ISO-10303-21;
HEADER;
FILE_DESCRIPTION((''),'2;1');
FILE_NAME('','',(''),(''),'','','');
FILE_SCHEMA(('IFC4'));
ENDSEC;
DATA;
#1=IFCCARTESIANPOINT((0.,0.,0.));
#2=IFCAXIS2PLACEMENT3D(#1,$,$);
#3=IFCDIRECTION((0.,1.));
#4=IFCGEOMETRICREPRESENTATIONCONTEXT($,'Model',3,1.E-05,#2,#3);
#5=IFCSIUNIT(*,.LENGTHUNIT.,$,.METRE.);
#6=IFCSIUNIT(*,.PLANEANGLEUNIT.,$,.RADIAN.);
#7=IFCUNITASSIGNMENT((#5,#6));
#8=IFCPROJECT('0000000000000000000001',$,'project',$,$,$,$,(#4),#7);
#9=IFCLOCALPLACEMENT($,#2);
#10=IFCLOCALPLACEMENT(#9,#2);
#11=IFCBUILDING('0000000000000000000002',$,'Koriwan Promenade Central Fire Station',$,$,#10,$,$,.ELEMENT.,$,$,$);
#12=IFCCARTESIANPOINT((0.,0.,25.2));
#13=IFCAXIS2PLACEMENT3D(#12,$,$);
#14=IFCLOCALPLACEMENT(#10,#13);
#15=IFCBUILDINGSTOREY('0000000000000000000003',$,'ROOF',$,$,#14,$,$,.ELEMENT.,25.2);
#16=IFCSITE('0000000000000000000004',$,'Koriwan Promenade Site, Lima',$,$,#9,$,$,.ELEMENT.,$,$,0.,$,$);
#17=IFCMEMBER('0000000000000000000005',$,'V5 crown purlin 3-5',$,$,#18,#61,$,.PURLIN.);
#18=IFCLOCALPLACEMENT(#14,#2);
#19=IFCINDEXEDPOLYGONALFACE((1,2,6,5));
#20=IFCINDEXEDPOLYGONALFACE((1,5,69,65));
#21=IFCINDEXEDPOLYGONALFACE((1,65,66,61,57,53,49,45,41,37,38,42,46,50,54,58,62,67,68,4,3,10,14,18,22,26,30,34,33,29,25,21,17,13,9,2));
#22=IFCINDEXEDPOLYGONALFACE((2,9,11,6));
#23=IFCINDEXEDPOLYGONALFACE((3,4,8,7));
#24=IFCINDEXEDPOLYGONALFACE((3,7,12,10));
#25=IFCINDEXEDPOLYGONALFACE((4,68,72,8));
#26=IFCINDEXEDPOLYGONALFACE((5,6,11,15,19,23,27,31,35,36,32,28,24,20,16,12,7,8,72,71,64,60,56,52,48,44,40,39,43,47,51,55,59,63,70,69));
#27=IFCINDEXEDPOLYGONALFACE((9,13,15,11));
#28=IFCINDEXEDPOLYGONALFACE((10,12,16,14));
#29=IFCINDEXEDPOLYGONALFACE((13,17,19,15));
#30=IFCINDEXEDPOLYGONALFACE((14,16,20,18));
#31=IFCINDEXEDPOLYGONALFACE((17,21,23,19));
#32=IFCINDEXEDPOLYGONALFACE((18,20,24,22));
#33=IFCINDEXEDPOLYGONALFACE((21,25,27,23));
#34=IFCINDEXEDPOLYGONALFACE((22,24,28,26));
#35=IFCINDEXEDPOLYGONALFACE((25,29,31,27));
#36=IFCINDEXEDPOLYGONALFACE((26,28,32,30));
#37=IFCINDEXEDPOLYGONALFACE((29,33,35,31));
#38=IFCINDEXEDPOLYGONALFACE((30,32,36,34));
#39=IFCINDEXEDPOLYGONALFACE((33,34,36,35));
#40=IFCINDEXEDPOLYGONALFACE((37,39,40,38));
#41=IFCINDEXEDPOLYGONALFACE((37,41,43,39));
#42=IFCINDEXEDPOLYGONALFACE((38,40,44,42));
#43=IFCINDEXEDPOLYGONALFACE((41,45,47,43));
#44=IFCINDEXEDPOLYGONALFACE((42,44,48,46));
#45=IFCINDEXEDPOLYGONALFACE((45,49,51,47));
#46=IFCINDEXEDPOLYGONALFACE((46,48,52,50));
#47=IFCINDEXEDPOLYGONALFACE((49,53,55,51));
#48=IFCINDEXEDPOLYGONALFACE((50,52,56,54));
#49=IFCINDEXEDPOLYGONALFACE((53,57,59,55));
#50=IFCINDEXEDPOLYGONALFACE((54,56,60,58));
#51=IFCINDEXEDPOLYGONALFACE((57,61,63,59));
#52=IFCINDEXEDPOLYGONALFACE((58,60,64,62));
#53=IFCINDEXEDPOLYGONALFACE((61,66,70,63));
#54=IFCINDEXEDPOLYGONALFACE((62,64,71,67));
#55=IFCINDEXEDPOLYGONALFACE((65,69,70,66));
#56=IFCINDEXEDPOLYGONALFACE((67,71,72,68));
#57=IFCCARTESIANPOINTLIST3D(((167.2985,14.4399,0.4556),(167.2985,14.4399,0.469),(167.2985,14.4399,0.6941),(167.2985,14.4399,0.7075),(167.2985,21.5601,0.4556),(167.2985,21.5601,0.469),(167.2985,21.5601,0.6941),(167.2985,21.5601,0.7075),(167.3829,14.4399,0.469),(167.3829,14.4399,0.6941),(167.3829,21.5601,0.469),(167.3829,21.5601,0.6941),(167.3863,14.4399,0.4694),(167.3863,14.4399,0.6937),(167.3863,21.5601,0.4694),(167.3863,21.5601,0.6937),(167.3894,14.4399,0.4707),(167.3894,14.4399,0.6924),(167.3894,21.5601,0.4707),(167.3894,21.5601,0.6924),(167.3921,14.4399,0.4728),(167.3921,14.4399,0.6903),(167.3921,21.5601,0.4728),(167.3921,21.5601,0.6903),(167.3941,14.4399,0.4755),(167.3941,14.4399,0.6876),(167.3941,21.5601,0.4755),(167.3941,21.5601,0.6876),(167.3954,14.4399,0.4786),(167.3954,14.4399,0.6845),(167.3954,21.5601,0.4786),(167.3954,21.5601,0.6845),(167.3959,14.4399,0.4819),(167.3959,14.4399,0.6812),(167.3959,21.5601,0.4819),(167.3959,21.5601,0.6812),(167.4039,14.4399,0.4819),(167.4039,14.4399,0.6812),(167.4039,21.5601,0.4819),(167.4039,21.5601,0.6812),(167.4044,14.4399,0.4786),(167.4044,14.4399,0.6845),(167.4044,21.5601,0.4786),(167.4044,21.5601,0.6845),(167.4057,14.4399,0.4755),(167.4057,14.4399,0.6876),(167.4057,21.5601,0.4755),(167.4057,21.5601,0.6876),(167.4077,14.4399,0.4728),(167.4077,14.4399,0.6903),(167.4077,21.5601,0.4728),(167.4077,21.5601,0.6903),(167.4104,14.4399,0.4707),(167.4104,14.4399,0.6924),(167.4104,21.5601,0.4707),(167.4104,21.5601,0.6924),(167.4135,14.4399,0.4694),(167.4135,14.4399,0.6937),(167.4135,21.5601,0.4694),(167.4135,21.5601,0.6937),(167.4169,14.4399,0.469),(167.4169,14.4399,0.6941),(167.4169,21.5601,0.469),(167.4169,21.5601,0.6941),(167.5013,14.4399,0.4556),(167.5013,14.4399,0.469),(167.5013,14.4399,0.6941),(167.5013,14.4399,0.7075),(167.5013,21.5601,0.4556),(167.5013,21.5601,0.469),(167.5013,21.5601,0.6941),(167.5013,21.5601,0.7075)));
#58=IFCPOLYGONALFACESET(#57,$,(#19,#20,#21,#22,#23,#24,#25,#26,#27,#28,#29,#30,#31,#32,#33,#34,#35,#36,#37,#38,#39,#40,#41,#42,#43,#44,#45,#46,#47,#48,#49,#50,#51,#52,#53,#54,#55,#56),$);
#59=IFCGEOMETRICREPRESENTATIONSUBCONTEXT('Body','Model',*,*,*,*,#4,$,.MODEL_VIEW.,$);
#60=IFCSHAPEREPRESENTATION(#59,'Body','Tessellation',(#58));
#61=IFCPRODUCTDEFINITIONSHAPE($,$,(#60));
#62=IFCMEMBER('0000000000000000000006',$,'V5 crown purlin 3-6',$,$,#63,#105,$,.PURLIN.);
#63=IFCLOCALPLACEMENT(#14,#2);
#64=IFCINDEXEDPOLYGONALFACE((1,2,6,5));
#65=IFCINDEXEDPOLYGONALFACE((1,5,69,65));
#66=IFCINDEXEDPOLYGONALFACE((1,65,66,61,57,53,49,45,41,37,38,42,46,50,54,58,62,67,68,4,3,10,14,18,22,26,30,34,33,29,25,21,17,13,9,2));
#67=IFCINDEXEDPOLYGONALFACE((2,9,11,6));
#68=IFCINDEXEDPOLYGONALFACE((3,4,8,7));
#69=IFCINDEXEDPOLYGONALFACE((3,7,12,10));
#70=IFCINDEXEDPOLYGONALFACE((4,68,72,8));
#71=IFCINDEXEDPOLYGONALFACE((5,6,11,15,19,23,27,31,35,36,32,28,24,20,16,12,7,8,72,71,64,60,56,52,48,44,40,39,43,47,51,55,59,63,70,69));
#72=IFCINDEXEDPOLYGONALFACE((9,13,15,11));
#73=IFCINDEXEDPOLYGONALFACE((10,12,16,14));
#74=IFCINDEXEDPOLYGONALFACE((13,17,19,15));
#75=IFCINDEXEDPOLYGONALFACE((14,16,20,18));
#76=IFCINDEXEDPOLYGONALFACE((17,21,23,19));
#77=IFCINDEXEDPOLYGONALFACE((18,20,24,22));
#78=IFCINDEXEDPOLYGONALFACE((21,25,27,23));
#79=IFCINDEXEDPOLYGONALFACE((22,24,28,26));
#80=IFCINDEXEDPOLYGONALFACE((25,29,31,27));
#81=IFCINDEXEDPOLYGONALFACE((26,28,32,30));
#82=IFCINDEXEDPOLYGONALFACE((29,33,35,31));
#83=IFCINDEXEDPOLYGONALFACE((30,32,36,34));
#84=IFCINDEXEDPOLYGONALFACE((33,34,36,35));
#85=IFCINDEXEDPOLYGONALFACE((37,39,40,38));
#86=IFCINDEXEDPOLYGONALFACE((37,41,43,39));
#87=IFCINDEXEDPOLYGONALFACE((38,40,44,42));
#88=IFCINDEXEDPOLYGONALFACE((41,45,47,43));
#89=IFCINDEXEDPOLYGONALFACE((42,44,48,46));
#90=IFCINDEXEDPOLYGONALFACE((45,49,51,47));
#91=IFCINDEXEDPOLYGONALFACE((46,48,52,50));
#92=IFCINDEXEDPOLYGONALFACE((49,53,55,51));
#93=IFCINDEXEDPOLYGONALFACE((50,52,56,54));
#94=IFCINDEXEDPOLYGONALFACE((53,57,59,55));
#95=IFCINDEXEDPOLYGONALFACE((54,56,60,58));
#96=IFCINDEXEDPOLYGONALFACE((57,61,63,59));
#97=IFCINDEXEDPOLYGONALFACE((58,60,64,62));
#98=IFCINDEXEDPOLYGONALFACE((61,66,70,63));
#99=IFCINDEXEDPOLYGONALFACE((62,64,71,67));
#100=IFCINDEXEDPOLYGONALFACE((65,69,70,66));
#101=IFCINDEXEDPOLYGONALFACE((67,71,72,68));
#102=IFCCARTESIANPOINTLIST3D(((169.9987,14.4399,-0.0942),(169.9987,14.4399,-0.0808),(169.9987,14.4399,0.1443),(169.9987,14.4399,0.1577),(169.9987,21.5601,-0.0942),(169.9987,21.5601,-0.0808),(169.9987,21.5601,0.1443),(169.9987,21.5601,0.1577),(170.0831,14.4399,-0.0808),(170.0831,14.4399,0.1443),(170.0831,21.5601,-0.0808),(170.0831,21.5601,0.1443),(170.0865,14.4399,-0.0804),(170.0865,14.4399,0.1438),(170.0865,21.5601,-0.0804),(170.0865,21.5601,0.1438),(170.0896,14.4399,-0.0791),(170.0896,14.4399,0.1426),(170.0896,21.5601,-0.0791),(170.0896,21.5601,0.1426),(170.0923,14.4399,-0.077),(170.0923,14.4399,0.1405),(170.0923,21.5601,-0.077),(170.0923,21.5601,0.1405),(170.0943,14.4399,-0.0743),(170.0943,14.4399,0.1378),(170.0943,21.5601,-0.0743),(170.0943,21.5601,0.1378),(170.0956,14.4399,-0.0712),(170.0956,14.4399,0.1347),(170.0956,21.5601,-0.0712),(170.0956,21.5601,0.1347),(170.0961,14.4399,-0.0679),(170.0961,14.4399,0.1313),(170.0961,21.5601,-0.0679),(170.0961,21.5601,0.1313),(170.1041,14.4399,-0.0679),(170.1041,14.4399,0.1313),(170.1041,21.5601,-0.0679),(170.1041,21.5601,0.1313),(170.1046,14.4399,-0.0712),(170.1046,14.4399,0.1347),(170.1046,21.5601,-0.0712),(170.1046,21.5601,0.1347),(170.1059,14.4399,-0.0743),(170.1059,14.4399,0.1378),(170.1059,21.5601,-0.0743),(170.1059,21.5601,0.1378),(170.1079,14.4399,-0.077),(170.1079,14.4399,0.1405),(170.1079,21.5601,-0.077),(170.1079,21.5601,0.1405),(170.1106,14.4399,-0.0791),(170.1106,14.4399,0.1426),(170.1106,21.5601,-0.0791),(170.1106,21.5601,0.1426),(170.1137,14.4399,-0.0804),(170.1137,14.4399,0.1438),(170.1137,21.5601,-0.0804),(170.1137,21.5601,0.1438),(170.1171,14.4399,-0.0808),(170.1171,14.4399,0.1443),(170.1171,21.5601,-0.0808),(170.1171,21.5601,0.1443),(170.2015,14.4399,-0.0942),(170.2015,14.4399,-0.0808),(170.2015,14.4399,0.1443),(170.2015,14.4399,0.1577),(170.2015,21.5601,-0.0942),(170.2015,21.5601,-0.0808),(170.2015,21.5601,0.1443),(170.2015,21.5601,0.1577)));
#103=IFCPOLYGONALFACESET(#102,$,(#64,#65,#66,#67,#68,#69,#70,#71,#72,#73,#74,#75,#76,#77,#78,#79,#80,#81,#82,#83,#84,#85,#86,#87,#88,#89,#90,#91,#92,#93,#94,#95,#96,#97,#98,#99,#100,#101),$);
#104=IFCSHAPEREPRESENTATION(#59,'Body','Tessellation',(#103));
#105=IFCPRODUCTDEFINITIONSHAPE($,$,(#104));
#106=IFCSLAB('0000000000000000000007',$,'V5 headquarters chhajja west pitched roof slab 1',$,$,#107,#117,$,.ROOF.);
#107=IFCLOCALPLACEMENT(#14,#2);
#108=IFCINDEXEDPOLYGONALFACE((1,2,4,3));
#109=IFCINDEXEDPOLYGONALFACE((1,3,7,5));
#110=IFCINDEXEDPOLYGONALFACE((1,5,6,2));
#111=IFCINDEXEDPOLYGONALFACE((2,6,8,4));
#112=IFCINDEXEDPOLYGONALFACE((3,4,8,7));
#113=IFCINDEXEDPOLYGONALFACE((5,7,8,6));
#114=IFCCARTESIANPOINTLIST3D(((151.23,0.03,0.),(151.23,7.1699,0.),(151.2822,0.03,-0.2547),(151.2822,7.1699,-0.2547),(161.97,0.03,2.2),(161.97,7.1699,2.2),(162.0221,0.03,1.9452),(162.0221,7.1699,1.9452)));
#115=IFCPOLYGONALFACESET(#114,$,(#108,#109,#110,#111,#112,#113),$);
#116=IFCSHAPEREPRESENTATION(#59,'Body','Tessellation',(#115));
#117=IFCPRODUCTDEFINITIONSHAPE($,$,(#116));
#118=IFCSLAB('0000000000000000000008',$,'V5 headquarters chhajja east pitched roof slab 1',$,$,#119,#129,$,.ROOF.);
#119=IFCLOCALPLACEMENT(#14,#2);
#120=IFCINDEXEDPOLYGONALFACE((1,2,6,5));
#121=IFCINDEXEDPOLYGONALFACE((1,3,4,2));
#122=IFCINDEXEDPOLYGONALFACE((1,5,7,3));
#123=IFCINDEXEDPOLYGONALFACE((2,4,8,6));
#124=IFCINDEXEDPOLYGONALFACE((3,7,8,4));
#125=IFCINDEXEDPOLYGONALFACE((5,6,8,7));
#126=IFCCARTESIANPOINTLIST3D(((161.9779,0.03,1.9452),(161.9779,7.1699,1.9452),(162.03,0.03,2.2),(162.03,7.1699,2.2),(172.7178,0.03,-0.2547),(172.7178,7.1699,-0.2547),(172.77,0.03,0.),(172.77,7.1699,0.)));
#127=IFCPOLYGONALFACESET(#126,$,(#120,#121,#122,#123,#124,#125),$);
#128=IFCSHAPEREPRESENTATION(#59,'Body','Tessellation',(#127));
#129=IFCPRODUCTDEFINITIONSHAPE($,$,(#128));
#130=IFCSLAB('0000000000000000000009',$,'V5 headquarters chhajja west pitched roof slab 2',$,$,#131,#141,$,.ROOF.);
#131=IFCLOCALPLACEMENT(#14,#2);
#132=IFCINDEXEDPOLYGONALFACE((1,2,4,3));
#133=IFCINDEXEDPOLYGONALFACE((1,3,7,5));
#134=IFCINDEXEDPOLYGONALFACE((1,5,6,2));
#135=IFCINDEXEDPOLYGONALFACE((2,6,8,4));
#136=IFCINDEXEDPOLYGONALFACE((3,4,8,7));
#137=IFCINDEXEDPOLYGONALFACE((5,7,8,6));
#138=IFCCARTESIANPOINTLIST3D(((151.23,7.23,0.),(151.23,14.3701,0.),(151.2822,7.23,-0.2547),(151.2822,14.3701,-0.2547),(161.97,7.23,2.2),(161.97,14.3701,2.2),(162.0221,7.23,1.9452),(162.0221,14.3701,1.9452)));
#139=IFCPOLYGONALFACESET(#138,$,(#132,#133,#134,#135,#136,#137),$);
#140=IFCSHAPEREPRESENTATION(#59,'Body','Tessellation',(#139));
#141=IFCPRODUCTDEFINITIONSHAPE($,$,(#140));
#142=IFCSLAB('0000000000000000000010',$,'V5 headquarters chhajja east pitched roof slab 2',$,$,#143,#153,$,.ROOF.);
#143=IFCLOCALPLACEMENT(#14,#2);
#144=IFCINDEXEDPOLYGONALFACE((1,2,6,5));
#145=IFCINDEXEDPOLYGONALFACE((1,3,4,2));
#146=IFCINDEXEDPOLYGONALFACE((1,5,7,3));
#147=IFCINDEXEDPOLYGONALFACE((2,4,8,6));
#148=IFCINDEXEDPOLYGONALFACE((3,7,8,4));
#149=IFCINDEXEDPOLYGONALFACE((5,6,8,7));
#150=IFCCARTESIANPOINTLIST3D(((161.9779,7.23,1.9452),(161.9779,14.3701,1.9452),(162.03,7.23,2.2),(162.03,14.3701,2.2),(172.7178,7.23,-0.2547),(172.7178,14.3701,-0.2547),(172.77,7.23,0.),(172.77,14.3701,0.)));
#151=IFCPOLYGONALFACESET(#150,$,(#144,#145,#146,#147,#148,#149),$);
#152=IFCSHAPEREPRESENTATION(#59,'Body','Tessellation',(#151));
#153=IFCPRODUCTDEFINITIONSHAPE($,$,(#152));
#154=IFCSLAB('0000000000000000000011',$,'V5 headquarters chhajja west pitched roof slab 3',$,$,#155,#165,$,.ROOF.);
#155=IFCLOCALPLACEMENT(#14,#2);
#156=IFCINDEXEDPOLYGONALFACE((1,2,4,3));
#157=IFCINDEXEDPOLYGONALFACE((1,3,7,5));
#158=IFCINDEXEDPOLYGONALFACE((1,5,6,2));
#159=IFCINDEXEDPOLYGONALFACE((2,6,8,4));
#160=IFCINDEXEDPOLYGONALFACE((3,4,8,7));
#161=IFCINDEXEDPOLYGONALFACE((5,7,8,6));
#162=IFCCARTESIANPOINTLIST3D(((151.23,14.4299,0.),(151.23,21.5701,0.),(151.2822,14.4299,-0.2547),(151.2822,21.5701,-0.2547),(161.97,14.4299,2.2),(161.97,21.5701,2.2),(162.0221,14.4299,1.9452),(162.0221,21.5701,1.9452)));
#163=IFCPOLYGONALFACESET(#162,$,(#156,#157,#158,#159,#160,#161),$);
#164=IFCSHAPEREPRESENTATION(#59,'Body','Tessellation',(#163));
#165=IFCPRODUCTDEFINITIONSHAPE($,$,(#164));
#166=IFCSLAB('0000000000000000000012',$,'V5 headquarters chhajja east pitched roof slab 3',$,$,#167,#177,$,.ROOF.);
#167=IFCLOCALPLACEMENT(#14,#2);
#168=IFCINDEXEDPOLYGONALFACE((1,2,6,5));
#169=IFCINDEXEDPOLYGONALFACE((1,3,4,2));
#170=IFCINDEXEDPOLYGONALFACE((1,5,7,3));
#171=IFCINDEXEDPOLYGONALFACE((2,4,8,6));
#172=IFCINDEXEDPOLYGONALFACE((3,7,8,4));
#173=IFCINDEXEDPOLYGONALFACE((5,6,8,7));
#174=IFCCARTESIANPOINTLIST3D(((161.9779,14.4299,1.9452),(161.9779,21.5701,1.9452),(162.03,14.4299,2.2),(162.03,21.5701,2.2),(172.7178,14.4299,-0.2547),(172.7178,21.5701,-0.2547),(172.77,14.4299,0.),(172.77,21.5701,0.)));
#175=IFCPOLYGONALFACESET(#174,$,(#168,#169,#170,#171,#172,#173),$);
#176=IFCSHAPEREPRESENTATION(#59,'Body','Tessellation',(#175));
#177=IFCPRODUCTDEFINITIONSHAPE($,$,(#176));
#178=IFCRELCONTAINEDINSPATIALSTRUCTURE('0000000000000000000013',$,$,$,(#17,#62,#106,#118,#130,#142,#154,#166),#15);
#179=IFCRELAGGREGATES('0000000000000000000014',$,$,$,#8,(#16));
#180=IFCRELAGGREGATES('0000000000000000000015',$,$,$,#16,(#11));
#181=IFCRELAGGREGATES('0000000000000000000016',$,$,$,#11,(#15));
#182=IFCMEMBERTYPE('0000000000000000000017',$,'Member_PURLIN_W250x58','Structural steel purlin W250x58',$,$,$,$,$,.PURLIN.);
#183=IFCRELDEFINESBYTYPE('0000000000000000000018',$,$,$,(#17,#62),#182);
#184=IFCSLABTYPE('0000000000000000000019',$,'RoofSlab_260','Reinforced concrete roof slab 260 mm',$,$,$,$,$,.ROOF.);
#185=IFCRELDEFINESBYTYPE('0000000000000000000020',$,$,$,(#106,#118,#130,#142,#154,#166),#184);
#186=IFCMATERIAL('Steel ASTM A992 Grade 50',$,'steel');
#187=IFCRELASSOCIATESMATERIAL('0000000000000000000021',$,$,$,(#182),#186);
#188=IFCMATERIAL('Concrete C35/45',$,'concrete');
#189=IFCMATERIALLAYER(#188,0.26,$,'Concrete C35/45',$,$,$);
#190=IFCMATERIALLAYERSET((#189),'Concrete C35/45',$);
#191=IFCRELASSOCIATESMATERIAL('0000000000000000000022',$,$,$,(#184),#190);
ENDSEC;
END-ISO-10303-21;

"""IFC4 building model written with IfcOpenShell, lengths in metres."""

from ifc_helpers import new_model, si_unit, direction, frame, origin, origin_2d, place, context, subcontext, project, spatial, polyline, i_section, outline, extrude, material, layer, layer_set, material_profile, profile_set, type_object, element, save


model = new_model("IFC4")

# Units and contexts
model_context = context("Model", 3, precision=1e-05, world=origin(), true_north=direction((0.0, 1.0)))
body_context = subcontext(model_context, "Body", "Model", "MODEL_VIEW")
ifc_project = project(units=[si_unit("LENGTHUNIT", "METRE"), si_unit("PLANEANGLEUNIT", "RADIAN")], contexts=[model_context])

# Site, building, storey
site_placement = place(None, origin())
site = spatial("IfcSite", under=ifc_project, at=site_placement, Name="Koriwan Promenade Site, Lima", CompositionType="ELEMENT", RefElevation=0.0)
building_placement = place(site_placement, origin())
building = spatial("IfcBuilding", under=site, at=building_placement, Name="Koriwan Promenade Central Fire Station", CompositionType="ELEMENT")
storey_placement = place(building_placement, frame((0.0, 0.0, 25.2)))
storey = spatial("IfcBuildingStorey", under=building, at=storey_placement, Name="ROOF", CompositionType="ELEMENT", Elevation=25.2)

# Members
ifc_material_1 = material(Name="Steel ASTM A992 Grade 50", Category="steel")
ifc_material_profile_1 = material_profile(ifc_material_1, i_section(OverallWidth=0.2029, OverallDepth=0.252, WebThickness=0.0081, FlangeThickness=0.0134, FilletRadius=0.0129, at=origin_2d()), Name="W250x58")
ifc_profile_set_1 = profile_set([ifc_material_profile_1], Name="Steel ASTM A992 Grade 50")
member_type_1 = type_object("IfcMemberType", Name="Member_PURLIN_W250x58", Description="Structural steel purlin W250x58", PredefinedType="PURLIN", material=ifc_profile_set_1)
for number, where, z_axis, x_axis, name in (
    (1, (167.3999, 14.4399, 0.5815), (0.0, 1.0, 0.0), (-1.0, 0.0, 0.0), "V5 crown purlin 3-5"),
    (2, (170.1001, 14.4399, 0.0317), (0.0, 1.0, 0.0), (-1.0, 0.0, 0.0), "V5 crown purlin 3-6"),
):
    element("IfcMember", number, at=place(storey_placement, frame(where, z_axis=z_axis, x_axis=x_axis)), inside=storey, type_object=member_type_1, Name=name, PredefinedType="PURLIN", context=body_context, shape_type="SweptSolid", body=[
        extrude(i_section(OverallWidth=0.2029, OverallDepth=0.252, WebThickness=0.0081, FlangeThickness=0.0134, FilletRadius=0.0129, at=origin_2d()), origin(), (0.0, 0.0, 1.0), 7.1201),
    ])

# Slabs
ifc_material_2 = material(Name="Concrete C35/45", Category="concrete")
ifc_layer = layer(ifc_material_2, 0.26, Name="Concrete C35/45")
ifc_layer_set = layer_set([ifc_layer], Name="Concrete C35/45")
slab_type = type_object("IfcSlabType", Name="RoofSlab_260", Description="Reinforced concrete roof slab 260 mm", PredefinedType="ROOF", material=ifc_layer_set)
for number, where, z_axis, x_axis, name in (
    (3, (151.23, 0.03, 0.0), (-0.200671, 0.0, 0.979659), (0.979659, 0.0, 0.200671), "V5 headquarters chhajja west pitched roof slab 1"),
    (4, (162.03, 0.03, 2.2), (0.200671, 0.0, 0.979659), (0.979659, 0.0, -0.200671), "V5 headquarters chhajja east pitched roof slab 1"),
):
    element("IfcSlab", number, at=place(storey_placement, frame(where, z_axis=z_axis, x_axis=x_axis)), inside=storey, type_object=slab_type, Name=name, PredefinedType="ROOF", context=body_context, shape_type="SweptSolid", body=[
        extrude(outline(polyline([(0.0, 0.0), (10.963, 0.0), (10.963, 7.1399), (0.0, 7.1399), (0.0, 0.0)])), origin(), (0.0, 0.0, -1.0), 0.26),
    ])
for number, where, z_axis, x_axis, name in (
    (5, (151.23, 7.23, 0.0), (-0.200671, 0.0, 0.979659), (0.979659, 0.0, 0.200671), "V5 headquarters chhajja west pitched roof slab 2"),
    (6, (162.03, 7.23, 2.2), (0.200671, 0.0, 0.979659), (0.979659, 0.0, -0.200671), "V5 headquarters chhajja east pitched roof slab 2"),
    (7, (151.23, 14.4299, 0.0), (-0.200671, 0.0, 0.979659), (0.979659, 0.0, 0.200671), "V5 headquarters chhajja west pitched roof slab 3"),
    (8, (162.03, 14.4299, 2.2), (0.200671, 0.0, 0.979659), (0.979659, 0.0, -0.200671), "V5 headquarters chhajja east pitched roof slab 3"),
):
    element("IfcSlab", number, at=place(storey_placement, frame(where, z_axis=z_axis, x_axis=x_axis)), inside=storey, type_object=slab_type, Name=name, PredefinedType="ROOF", context=body_context, shape_type="SweptSolid", body=[
        extrude(outline(polyline([(0.0, 0.0), (10.963, 0.0), (10.963, 7.1401), (0.0, 7.1401), (0.0, 0.0)])), origin(), (0.0, 0.0, -1.0), 0.26),
    ])

save(model, "model.ifc")
